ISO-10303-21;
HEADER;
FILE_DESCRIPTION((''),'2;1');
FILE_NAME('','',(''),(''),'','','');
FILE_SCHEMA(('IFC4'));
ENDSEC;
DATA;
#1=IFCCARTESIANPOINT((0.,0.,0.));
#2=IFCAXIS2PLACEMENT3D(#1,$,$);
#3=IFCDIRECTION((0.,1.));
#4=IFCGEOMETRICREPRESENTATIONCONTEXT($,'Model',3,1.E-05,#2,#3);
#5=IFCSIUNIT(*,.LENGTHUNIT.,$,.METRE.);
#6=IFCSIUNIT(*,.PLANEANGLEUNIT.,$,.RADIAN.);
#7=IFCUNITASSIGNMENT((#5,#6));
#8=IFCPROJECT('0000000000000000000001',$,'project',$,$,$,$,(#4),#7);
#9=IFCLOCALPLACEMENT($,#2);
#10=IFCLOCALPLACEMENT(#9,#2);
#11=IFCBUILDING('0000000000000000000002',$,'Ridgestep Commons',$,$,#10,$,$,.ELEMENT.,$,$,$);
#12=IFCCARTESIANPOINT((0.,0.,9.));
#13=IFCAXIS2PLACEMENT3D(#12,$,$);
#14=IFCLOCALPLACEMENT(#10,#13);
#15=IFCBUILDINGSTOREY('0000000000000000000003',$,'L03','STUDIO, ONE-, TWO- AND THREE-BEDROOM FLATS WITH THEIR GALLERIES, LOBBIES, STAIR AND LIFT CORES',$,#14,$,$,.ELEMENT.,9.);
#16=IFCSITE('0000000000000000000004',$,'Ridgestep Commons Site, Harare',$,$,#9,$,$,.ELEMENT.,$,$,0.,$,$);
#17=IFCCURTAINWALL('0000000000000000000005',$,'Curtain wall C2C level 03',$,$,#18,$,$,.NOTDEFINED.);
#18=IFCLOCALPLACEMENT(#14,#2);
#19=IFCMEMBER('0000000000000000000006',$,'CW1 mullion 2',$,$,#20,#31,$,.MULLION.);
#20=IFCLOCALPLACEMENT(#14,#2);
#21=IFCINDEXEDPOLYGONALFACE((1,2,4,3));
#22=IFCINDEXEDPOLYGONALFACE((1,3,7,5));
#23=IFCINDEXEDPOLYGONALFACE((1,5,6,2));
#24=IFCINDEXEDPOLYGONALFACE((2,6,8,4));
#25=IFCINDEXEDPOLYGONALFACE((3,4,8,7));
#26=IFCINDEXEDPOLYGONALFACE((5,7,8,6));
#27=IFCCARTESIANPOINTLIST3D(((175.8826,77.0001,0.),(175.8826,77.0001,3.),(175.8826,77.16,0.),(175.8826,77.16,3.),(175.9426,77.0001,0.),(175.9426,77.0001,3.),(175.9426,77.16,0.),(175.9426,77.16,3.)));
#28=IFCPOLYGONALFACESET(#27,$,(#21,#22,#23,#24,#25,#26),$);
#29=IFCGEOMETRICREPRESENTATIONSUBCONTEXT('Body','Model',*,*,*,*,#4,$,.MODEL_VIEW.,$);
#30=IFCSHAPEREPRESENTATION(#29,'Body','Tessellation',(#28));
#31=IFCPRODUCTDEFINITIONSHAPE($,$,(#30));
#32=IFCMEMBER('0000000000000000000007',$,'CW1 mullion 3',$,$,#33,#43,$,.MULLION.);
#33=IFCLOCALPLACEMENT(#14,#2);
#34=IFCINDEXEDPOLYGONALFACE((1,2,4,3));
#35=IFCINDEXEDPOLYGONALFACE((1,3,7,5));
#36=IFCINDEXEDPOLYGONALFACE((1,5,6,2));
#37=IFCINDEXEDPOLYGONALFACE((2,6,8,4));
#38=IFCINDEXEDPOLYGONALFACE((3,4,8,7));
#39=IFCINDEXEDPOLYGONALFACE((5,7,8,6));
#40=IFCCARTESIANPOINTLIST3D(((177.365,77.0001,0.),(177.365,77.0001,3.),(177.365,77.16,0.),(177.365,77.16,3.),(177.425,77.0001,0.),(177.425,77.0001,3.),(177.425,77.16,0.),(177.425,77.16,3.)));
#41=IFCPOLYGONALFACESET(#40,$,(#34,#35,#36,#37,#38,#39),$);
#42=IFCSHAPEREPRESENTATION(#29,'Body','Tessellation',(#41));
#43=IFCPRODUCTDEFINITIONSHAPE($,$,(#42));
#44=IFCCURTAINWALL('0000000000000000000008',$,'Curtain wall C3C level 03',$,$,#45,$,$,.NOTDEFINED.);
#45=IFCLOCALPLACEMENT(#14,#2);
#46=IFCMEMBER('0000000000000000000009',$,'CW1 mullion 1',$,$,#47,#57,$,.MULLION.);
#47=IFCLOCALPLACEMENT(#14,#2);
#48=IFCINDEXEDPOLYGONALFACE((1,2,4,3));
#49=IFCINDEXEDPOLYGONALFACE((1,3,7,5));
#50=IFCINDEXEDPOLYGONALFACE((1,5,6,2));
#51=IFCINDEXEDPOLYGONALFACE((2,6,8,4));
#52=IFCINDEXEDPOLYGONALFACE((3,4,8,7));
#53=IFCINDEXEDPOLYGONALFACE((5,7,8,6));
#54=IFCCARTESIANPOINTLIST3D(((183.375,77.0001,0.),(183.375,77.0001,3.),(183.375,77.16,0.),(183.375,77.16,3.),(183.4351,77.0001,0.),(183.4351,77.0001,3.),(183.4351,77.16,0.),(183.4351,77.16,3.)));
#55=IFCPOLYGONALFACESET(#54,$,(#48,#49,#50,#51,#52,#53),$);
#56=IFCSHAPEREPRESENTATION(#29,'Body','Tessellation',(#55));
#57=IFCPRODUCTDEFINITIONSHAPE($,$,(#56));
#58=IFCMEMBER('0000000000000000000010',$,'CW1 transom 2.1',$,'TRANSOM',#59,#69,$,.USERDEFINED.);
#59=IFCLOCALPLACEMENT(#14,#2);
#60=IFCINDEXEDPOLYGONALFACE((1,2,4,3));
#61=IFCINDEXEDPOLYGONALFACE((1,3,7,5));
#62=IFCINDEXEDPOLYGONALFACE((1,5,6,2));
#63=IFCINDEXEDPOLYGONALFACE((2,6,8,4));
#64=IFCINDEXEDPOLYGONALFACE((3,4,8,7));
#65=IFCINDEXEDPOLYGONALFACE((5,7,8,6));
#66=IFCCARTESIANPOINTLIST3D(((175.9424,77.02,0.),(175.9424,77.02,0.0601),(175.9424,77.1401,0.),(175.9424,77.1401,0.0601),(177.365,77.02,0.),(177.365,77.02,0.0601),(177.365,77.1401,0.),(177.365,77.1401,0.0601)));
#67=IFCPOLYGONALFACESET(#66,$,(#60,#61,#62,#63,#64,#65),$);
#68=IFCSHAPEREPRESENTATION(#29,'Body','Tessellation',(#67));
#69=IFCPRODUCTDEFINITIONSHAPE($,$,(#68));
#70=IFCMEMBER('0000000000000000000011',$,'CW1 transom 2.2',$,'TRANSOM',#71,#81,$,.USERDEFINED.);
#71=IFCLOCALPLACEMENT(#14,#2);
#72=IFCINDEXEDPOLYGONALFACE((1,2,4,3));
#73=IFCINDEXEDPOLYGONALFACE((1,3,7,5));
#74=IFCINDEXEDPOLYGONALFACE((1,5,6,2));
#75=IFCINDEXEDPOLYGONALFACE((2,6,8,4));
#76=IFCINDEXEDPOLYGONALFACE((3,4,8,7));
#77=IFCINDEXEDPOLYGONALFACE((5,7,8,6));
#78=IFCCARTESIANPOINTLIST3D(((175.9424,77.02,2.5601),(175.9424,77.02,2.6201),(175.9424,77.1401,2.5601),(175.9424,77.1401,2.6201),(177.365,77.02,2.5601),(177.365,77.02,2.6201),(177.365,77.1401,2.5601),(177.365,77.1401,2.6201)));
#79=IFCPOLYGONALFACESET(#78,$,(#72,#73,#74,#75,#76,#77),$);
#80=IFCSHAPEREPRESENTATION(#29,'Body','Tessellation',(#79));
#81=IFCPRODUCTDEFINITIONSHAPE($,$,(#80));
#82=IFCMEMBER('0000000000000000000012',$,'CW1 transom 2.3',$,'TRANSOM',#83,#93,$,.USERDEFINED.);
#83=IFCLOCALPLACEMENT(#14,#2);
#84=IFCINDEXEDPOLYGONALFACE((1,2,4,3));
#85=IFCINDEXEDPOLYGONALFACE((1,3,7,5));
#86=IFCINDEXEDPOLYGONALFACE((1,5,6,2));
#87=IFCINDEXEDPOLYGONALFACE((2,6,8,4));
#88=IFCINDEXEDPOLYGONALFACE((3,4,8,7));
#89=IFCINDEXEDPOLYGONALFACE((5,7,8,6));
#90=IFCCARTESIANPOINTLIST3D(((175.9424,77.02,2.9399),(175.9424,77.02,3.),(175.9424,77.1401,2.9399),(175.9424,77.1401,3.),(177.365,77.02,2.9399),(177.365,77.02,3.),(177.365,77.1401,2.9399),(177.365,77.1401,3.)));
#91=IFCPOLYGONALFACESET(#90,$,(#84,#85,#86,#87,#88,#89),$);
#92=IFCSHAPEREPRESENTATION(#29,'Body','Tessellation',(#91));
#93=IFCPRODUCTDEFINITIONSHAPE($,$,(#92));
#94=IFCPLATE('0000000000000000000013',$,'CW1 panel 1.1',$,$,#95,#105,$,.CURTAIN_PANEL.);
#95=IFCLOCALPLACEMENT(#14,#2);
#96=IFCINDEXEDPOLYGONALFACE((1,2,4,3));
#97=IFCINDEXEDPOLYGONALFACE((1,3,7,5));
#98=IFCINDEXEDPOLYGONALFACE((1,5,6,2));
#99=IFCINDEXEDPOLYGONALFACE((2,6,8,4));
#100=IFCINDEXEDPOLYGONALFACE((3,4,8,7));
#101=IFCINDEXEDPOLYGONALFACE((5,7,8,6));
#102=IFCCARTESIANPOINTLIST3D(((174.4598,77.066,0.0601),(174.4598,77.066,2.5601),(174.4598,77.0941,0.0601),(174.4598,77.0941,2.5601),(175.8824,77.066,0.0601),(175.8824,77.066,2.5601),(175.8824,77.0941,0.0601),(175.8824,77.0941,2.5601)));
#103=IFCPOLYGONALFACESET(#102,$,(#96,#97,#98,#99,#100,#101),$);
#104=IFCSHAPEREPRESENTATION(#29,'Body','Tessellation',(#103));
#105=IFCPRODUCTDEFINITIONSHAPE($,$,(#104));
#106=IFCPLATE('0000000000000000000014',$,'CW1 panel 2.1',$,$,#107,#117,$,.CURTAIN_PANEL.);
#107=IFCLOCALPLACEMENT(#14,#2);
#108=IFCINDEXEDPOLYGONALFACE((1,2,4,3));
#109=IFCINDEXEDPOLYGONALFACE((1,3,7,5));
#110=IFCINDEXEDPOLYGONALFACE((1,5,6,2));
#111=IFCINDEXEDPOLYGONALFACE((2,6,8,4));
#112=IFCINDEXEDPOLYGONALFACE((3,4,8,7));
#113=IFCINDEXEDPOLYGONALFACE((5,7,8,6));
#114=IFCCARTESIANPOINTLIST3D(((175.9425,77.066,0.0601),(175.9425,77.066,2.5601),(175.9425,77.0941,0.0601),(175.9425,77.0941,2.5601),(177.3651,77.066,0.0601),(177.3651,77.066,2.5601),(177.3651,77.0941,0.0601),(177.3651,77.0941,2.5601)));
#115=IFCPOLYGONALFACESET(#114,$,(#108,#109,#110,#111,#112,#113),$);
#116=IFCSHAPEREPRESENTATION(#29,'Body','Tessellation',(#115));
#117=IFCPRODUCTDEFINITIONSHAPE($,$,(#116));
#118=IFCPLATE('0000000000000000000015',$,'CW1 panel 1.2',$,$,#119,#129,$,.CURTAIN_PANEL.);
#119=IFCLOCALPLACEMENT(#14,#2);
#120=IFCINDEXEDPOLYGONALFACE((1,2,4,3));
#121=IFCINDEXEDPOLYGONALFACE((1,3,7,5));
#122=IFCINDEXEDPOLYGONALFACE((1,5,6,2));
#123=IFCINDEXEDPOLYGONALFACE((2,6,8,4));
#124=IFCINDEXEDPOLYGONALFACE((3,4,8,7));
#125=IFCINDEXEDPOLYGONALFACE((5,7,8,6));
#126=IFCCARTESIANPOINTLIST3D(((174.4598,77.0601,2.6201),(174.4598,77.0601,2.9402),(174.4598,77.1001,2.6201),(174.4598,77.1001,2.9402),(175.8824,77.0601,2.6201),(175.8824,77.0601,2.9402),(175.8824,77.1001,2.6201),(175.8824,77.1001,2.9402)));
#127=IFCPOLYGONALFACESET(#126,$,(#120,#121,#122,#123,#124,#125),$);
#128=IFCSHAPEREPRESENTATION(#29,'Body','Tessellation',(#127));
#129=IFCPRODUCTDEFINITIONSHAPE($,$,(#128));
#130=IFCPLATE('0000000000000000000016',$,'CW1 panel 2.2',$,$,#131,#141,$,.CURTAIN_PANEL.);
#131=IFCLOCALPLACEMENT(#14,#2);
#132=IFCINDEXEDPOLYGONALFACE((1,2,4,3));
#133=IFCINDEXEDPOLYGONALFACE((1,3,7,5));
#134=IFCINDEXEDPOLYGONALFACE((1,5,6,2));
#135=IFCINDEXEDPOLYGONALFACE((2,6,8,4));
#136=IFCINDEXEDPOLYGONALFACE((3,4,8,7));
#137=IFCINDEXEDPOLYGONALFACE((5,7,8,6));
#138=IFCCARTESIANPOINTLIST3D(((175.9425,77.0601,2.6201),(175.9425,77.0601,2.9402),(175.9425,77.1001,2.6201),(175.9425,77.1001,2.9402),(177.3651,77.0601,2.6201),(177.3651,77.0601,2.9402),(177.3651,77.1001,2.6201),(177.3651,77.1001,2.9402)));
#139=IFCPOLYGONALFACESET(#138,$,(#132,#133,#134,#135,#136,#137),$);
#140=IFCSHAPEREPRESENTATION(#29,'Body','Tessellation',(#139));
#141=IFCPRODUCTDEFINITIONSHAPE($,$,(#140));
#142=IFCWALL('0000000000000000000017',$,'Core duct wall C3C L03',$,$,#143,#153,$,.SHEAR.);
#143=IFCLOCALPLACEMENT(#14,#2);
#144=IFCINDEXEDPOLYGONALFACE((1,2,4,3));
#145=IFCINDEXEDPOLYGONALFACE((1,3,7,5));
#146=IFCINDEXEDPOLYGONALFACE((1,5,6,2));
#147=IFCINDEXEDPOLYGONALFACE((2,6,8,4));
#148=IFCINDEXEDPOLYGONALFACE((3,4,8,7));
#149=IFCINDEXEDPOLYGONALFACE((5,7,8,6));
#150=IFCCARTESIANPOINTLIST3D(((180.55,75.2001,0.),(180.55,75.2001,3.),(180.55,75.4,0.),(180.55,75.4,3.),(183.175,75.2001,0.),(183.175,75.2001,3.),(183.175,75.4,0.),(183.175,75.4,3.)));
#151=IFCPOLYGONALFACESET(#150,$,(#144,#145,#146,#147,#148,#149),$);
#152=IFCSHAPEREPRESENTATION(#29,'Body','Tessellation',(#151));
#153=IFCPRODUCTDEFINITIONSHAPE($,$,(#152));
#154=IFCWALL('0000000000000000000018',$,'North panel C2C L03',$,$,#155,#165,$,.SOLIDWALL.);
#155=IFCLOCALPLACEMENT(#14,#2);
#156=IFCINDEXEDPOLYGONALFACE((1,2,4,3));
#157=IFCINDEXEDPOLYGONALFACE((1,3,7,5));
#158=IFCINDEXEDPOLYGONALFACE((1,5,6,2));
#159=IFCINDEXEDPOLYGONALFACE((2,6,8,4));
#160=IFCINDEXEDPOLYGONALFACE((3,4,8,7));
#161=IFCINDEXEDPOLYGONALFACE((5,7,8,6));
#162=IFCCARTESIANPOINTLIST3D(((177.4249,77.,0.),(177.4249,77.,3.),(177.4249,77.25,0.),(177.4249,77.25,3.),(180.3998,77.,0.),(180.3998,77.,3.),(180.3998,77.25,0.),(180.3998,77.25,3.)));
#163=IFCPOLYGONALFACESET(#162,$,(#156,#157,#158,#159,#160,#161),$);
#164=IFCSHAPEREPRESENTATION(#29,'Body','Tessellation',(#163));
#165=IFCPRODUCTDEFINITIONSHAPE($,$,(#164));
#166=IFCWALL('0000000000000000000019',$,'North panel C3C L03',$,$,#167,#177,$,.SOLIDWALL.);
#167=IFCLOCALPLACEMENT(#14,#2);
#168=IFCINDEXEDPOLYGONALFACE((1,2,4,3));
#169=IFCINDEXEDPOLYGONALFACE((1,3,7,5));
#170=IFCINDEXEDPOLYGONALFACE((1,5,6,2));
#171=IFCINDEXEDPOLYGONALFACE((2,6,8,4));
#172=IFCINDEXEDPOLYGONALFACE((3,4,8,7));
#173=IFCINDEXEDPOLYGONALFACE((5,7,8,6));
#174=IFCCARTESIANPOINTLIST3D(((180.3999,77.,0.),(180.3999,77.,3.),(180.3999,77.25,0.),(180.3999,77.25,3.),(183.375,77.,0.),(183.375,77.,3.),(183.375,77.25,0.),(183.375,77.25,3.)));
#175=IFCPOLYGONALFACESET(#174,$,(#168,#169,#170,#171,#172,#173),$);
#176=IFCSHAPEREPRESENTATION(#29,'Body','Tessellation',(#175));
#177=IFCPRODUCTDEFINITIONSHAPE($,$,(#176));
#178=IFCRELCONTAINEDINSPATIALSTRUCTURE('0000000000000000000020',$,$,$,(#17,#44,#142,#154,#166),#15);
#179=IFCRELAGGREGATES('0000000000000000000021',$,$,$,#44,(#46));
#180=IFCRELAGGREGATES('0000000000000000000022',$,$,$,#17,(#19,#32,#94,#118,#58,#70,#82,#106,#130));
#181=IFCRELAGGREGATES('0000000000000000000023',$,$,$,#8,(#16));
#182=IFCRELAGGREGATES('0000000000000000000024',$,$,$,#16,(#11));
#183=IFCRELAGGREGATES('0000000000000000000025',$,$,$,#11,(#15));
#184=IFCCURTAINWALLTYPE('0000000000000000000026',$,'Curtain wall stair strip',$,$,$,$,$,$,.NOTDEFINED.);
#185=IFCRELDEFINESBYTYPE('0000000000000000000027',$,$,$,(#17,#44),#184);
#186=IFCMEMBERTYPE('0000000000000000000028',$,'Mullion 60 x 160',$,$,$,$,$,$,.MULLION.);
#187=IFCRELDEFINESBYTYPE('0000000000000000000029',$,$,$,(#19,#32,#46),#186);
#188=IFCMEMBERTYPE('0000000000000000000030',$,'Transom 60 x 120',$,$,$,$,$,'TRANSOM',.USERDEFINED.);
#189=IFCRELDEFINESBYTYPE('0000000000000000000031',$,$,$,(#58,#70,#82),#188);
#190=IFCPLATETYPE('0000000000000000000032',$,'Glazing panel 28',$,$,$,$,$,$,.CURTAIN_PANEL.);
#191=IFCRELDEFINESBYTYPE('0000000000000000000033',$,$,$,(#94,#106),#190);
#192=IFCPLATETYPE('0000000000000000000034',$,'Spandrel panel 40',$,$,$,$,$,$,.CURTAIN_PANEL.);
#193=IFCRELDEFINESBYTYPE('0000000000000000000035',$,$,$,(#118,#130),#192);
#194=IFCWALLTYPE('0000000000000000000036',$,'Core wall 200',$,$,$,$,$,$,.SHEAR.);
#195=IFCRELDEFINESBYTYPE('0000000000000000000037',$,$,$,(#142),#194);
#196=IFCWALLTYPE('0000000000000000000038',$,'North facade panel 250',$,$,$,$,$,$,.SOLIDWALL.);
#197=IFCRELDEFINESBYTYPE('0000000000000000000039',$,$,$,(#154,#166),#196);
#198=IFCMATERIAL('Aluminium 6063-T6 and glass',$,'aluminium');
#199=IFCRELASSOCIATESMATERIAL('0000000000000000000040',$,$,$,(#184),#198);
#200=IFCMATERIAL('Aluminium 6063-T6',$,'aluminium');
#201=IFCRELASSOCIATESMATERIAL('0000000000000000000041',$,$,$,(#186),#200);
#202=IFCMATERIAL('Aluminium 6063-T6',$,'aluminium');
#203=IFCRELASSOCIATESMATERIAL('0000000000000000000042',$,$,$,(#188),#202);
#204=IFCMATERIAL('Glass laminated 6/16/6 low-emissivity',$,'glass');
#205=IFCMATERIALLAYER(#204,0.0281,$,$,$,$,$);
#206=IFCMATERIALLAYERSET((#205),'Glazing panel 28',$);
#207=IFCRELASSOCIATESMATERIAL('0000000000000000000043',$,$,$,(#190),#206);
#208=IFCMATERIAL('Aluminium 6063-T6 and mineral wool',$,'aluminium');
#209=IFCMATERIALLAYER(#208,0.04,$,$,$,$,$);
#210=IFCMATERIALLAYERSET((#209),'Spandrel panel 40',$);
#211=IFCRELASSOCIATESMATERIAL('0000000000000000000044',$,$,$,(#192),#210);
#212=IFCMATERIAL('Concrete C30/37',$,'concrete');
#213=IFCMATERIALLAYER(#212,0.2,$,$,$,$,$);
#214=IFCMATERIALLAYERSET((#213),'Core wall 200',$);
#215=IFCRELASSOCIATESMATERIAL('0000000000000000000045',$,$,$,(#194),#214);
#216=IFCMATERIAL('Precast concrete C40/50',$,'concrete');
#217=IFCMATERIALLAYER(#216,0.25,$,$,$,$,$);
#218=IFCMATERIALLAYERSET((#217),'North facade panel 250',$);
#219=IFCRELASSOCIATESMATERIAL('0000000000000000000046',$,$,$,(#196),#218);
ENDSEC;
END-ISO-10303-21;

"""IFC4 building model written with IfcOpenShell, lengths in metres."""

from ifc_helpers import new_model, si_unit, direction, frame, frame_2d, origin, origin_2d, place, context, subcontext, project, spatial, rectangle, extrude, material, layer, layer_set, material_profile, profile_set, type_object, element, aggregate, save


model = new_model("IFC4")

# Units and contexts
model_context = context("Model", 3, precision=1e-05, world=origin(), true_north=direction((0.0, 1.0)))
body_context = subcontext(model_context, "Body", "Model", "MODEL_VIEW")
ifc_project = project(units=[si_unit("LENGTHUNIT", "METRE"), si_unit("PLANEANGLEUNIT", "RADIAN")], contexts=[model_context])

# Site, building, storey
site_placement = place(None, origin())
site = spatial("IfcSite", under=ifc_project, at=site_placement, Name="Ridgestep Commons Site, Harare", CompositionType="ELEMENT", RefElevation=0.0)
building_placement = place(site_placement, origin())
building = spatial("IfcBuilding", under=site, at=building_placement, Name="Ridgestep Commons", CompositionType="ELEMENT")
storey_placement = place(building_placement, frame((0.0, 0.0, 9.0)))
storey = spatial("IfcBuildingStorey", under=building, at=storey_placement, Name="L03", Description="STUDIO, ONE-, TWO- AND THREE-BEDROOM FLATS WITH THEIR GALLERIES, LOBBIES, STAIR AND LIFT CORES", CompositionType="ELEMENT", Elevation=9.0)

# Curtain wall, members
ifc_material_1 = material(Name="Aluminium 6063-T6 and glass", Category="aluminium")
curtain_wall_type = type_object("IfcCurtainWallType", Name="Curtain wall stair strip", PredefinedType="NOTDEFINED", material=ifc_material_1)
curtain_wall_1_placement = place(storey_placement, origin())
curtain_wall_1 = element("IfcCurtainWall", 1, at=curtain_wall_1_placement, inside=storey, type_object=curtain_wall_type, Name="Curtain wall C2C level 03", PredefinedType="NOTDEFINED")
ifc_material_2 = material(Name="Aluminium 6063-T6", Category="aluminium")
ifc_material_profile_1 = material_profile(ifc_material_2, rectangle(XDim=0.1599, YDim=0.0601, at=origin_2d()), Name="Mullion 60 x 160")
ifc_profile_set_1 = profile_set([ifc_material_profile_1], Name="Aluminium 6063-T6")
member_type_1 = type_object("IfcMemberType", Name="Mullion 60 x 160", PredefinedType="MULLION", material=ifc_profile_set_1)
member_1_placement = place(storey_placement, frame((175.9126, 77.0801, 0.0), z_axis=(0.0, 0.0, 1.0), x_axis=(0.0, 1.0, 0.0)))
member_1 = element("IfcMember", 2, at=member_1_placement, type_object=member_type_1, Name="CW1 mullion 2", PredefinedType="MULLION", context=body_context, shape_type="SweptSolid", body=[
    extrude(rectangle(XDim=0.1599, YDim=0.0601, at=origin_2d()), origin(), (0.0, 0.0, 1.0), 3.0),
])
member_2_placement = place(storey_placement, frame((177.395, 77.0801, 0.0), z_axis=(0.0, 0.0, 1.0), x_axis=(0.0, 1.0, 0.0)))
member_2 = element("IfcMember", 3, at=member_2_placement, type_object=member_type_1, Name="CW1 mullion 3", PredefinedType="MULLION", context=body_context, shape_type="SweptSolid", body=[
    extrude(rectangle(XDim=0.1599, YDim=0.0601, at=origin_2d()), origin(), (0.0, 0.0, 1.0), 3.0),
])

# Curtain wall, member
curtain_wall_2_placement = place(storey_placement, origin())
curtain_wall_2 = element("IfcCurtainWall", 4, at=curtain_wall_2_placement, inside=storey, type_object=curtain_wall_type, Name="Curtain wall C3C level 03", PredefinedType="NOTDEFINED")
member_3_placement = place(storey_placement, frame((183.405, 77.0801, 0.0), z_axis=(0.0, 0.0, 1.0), x_axis=(0.0, 1.0, 0.0)))
member_3 = element("IfcMember", 5, at=member_3_placement, type_object=member_type_1, Name="CW1 mullion 1", PredefinedType="MULLION", context=body_context, shape_type="SweptSolid", body=[
    extrude(rectangle(XDim=0.1599, YDim=0.0601, at=origin_2d()), origin(), (0.0, 0.0, 1.0), 3.0),
])
aggregate(curtain_wall_2, [member_3])

# Members
ifc_material_3 = material(Name="Aluminium 6063-T6", Category="aluminium")
ifc_material_profile_2 = material_profile(ifc_material_3, rectangle(XDim=0.1201, YDim=0.0601, at=origin_2d()), Name="Transom 60 x 120")
ifc_profile_set_2 = profile_set([ifc_material_profile_2], Name="Aluminium 6063-T6")
member_type_2 = type_object("IfcMemberType", Name="Transom 60 x 120", ElementType="TRANSOM", PredefinedType="USERDEFINED", material=ifc_profile_set_2)
member_4_placement = place(storey_placement, frame((175.9424, 77.0801, 0.03), z_axis=(1.0, 0.0, 0.0), x_axis=(0.0, 1.0, 0.0)))
member_4 = element("IfcMember", 6, at=member_4_placement, type_object=member_type_2, Name="CW1 transom 2.1", ObjectType="TRANSOM", PredefinedType="USERDEFINED", context=body_context, shape_type="SweptSolid", body=[
    extrude(rectangle(XDim=0.1201, YDim=0.0601, at=origin_2d()), origin(), (0.0, 0.0, 1.0), 1.4226),
])
member_5_placement = place(storey_placement, frame((175.9424, 77.0801, 2.5901), z_axis=(1.0, 0.0, 0.0), x_axis=(0.0, 1.0, 0.0)))
member_5 = element("IfcMember", 7, at=member_5_placement, type_object=member_type_2, Name="CW1 transom 2.2", ObjectType="TRANSOM", PredefinedType="USERDEFINED", context=body_context, shape_type="SweptSolid", body=[
    extrude(rectangle(XDim=0.1201, YDim=0.0601, at=origin_2d()), origin(), (0.0, 0.0, 1.0), 1.4226),
])
member_6_placement = place(storey_placement, frame((175.9424, 77.0801, 2.97), z_axis=(1.0, 0.0, 0.0), x_axis=(0.0, 1.0, 0.0)))
member_6 = element("IfcMember", 8, at=member_6_placement, type_object=member_type_2, Name="CW1 transom 2.3", ObjectType="TRANSOM", PredefinedType="USERDEFINED", context=body_context, shape_type="SweptSolid", body=[
    extrude(rectangle(XDim=0.1201, YDim=0.0601, at=origin_2d()), origin(), (0.0, 0.0, 1.0), 1.4226),
])

# Plates
ifc_material_4 = material(Name="Glass laminated 6/16/6 low-emissivity", Category="glass")
ifc_layer_1 = layer(ifc_material_4, 0.0281)
ifc_layer_set_1 = layer_set([ifc_layer_1], Name="Glazing panel 28")
plate_type_1 = type_object("IfcPlateType", Name="Glazing panel 28", PredefinedType="CURTAIN_PANEL", material=ifc_layer_set_1)
plate_1_placement = place(storey_placement, frame((175.1711, 77.0801, 0.0601), z_axis=(0.0, 0.0, 1.0), x_axis=(1.0, 0.0, 0.0)))
plate_1 = element("IfcPlate", 9, at=plate_1_placement, type_object=plate_type_1, Name="CW1 panel 1.1", PredefinedType="CURTAIN_PANEL", context=body_context, shape_type="SweptSolid", body=[
    extrude(rectangle(XDim=1.4226, YDim=0.0281, at=origin_2d()), origin(), (0.0, 0.0, 1.0), 2.5),
])
plate_2_placement = place(storey_placement, frame((176.6538, 77.0801, 0.0601), z_axis=(0.0, 0.0, 1.0), x_axis=(1.0, 0.0, 0.0)))
plate_2 = element("IfcPlate", 10, at=plate_2_placement, type_object=plate_type_1, Name="CW1 panel 2.1", PredefinedType="CURTAIN_PANEL", context=body_context, shape_type="SweptSolid", body=[
    extrude(rectangle(XDim=1.4226, YDim=0.0281, at=origin_2d()), origin(), (0.0, 0.0, 1.0), 2.5),
])
ifc_material_5 = material(Name="Aluminium 6063-T6 and mineral wool", Category="aluminium")
ifc_layer_2 = layer(ifc_material_5, 0.04)
ifc_layer_set_2 = layer_set([ifc_layer_2], Name="Spandrel panel 40")
plate_type_2 = type_object("IfcPlateType", Name="Spandrel panel 40", PredefinedType="CURTAIN_PANEL", material=ifc_layer_set_2)
plate_3_placement = place(storey_placement, frame((175.1711, 77.0801, 2.6201), z_axis=(0.0, 0.0, 1.0), x_axis=(1.0, 0.0, 0.0)))
plate_3 = element("IfcPlate", 11, at=plate_3_placement, type_object=plate_type_2, Name="CW1 panel 1.2", PredefinedType="CURTAIN_PANEL", context=body_context, shape_type="SweptSolid", body=[
    extrude(rectangle(XDim=1.4226, YDim=0.04, at=origin_2d()), origin(), (0.0, 0.0, 1.0), 0.3201),
])
plate_4_placement = place(storey_placement, frame((176.6538, 77.0801, 2.6201), z_axis=(0.0, 0.0, 1.0), x_axis=(1.0, 0.0, 0.0)))
plate_4 = element("IfcPlate", 12, at=plate_4_placement, type_object=plate_type_2, Name="CW1 panel 2.2", PredefinedType="CURTAIN_PANEL", context=body_context, shape_type="SweptSolid", body=[
    extrude(rectangle(XDim=1.4226, YDim=0.04, at=origin_2d()), origin(), (0.0, 0.0, 1.0), 0.3201),
])
aggregate(curtain_wall_1, [member_1, member_2, plate_1, plate_3, member_4, member_5, member_6, plate_2, plate_4])

# Walls
ifc_material_6 = material(Name="Concrete C30/37", Category="concrete")
ifc_layer_3 = layer(ifc_material_6, 0.2)
ifc_layer_set_3 = layer_set([ifc_layer_3], Name="Core wall 200")
wall_type_1 = type_object("IfcWallType", Name="Core wall 200", PredefinedType="SHEAR", material=ifc_layer_set_3)
wall_1_placement = place(storey_placement, frame((180.55, 75.3, 0.0), z_axis=(0.0, 0.0, 1.0), x_axis=(1.0, 0.0, 0.0)))
element("IfcWall", 13, at=wall_1_placement, inside=storey, type_object=wall_type_1, Name="Core duct wall C3C L03", PredefinedType="SHEAR", context=body_context, shape_type="SweptSolid", body=[
    extrude(rectangle(XDim=2.625, YDim=0.2, at=frame_2d((1.3125, 0.0))), origin(), (0.0, 0.0, 1.0), 3.0),
])
ifc_material_7 = material(Name="Precast concrete C40/50", Category="concrete")
ifc_layer_4 = layer(ifc_material_7, 0.25)
ifc_layer_set_4 = layer_set([ifc_layer_4], Name="North facade panel 250")
wall_type_2 = type_object("IfcWallType", Name="North facade panel 250", PredefinedType="SOLIDWALL", material=ifc_layer_set_4)
wall_2_placement = place(storey_placement, frame((177.425, 77.125, 0.0), z_axis=(0.0, 0.0, 1.0), x_axis=(1.0, 0.0, 0.0)))
element("IfcWall", 14, at=wall_2_placement, inside=storey, type_object=wall_type_2, Name="North panel C2C L03", PredefinedType="SOLIDWALL", context=body_context, shape_type="SweptSolid", body=[
    extrude(rectangle(XDim=2.9749, YDim=0.25, at=frame_2d((1.4873, 0.0))), origin(), (0.0, 0.0, 1.0), 3.0),
])
wall_3_placement = place(storey_placement, frame((180.3999, 77.125, 0.0), z_axis=(0.0, 0.0, 1.0), x_axis=(1.0, 0.0, 0.0)))
element("IfcWall", 15, at=wall_3_placement, inside=storey, type_object=wall_type_2, Name="North panel C3C L03", PredefinedType="SOLIDWALL", context=body_context, shape_type="SweptSolid", body=[
    extrude(rectangle(XDim=2.9751, YDim=0.25, at=frame_2d((1.4875, 0.0))), origin(), (0.0, 0.0, 1.0), 3.0),
])

save(model, "model.ifc")
